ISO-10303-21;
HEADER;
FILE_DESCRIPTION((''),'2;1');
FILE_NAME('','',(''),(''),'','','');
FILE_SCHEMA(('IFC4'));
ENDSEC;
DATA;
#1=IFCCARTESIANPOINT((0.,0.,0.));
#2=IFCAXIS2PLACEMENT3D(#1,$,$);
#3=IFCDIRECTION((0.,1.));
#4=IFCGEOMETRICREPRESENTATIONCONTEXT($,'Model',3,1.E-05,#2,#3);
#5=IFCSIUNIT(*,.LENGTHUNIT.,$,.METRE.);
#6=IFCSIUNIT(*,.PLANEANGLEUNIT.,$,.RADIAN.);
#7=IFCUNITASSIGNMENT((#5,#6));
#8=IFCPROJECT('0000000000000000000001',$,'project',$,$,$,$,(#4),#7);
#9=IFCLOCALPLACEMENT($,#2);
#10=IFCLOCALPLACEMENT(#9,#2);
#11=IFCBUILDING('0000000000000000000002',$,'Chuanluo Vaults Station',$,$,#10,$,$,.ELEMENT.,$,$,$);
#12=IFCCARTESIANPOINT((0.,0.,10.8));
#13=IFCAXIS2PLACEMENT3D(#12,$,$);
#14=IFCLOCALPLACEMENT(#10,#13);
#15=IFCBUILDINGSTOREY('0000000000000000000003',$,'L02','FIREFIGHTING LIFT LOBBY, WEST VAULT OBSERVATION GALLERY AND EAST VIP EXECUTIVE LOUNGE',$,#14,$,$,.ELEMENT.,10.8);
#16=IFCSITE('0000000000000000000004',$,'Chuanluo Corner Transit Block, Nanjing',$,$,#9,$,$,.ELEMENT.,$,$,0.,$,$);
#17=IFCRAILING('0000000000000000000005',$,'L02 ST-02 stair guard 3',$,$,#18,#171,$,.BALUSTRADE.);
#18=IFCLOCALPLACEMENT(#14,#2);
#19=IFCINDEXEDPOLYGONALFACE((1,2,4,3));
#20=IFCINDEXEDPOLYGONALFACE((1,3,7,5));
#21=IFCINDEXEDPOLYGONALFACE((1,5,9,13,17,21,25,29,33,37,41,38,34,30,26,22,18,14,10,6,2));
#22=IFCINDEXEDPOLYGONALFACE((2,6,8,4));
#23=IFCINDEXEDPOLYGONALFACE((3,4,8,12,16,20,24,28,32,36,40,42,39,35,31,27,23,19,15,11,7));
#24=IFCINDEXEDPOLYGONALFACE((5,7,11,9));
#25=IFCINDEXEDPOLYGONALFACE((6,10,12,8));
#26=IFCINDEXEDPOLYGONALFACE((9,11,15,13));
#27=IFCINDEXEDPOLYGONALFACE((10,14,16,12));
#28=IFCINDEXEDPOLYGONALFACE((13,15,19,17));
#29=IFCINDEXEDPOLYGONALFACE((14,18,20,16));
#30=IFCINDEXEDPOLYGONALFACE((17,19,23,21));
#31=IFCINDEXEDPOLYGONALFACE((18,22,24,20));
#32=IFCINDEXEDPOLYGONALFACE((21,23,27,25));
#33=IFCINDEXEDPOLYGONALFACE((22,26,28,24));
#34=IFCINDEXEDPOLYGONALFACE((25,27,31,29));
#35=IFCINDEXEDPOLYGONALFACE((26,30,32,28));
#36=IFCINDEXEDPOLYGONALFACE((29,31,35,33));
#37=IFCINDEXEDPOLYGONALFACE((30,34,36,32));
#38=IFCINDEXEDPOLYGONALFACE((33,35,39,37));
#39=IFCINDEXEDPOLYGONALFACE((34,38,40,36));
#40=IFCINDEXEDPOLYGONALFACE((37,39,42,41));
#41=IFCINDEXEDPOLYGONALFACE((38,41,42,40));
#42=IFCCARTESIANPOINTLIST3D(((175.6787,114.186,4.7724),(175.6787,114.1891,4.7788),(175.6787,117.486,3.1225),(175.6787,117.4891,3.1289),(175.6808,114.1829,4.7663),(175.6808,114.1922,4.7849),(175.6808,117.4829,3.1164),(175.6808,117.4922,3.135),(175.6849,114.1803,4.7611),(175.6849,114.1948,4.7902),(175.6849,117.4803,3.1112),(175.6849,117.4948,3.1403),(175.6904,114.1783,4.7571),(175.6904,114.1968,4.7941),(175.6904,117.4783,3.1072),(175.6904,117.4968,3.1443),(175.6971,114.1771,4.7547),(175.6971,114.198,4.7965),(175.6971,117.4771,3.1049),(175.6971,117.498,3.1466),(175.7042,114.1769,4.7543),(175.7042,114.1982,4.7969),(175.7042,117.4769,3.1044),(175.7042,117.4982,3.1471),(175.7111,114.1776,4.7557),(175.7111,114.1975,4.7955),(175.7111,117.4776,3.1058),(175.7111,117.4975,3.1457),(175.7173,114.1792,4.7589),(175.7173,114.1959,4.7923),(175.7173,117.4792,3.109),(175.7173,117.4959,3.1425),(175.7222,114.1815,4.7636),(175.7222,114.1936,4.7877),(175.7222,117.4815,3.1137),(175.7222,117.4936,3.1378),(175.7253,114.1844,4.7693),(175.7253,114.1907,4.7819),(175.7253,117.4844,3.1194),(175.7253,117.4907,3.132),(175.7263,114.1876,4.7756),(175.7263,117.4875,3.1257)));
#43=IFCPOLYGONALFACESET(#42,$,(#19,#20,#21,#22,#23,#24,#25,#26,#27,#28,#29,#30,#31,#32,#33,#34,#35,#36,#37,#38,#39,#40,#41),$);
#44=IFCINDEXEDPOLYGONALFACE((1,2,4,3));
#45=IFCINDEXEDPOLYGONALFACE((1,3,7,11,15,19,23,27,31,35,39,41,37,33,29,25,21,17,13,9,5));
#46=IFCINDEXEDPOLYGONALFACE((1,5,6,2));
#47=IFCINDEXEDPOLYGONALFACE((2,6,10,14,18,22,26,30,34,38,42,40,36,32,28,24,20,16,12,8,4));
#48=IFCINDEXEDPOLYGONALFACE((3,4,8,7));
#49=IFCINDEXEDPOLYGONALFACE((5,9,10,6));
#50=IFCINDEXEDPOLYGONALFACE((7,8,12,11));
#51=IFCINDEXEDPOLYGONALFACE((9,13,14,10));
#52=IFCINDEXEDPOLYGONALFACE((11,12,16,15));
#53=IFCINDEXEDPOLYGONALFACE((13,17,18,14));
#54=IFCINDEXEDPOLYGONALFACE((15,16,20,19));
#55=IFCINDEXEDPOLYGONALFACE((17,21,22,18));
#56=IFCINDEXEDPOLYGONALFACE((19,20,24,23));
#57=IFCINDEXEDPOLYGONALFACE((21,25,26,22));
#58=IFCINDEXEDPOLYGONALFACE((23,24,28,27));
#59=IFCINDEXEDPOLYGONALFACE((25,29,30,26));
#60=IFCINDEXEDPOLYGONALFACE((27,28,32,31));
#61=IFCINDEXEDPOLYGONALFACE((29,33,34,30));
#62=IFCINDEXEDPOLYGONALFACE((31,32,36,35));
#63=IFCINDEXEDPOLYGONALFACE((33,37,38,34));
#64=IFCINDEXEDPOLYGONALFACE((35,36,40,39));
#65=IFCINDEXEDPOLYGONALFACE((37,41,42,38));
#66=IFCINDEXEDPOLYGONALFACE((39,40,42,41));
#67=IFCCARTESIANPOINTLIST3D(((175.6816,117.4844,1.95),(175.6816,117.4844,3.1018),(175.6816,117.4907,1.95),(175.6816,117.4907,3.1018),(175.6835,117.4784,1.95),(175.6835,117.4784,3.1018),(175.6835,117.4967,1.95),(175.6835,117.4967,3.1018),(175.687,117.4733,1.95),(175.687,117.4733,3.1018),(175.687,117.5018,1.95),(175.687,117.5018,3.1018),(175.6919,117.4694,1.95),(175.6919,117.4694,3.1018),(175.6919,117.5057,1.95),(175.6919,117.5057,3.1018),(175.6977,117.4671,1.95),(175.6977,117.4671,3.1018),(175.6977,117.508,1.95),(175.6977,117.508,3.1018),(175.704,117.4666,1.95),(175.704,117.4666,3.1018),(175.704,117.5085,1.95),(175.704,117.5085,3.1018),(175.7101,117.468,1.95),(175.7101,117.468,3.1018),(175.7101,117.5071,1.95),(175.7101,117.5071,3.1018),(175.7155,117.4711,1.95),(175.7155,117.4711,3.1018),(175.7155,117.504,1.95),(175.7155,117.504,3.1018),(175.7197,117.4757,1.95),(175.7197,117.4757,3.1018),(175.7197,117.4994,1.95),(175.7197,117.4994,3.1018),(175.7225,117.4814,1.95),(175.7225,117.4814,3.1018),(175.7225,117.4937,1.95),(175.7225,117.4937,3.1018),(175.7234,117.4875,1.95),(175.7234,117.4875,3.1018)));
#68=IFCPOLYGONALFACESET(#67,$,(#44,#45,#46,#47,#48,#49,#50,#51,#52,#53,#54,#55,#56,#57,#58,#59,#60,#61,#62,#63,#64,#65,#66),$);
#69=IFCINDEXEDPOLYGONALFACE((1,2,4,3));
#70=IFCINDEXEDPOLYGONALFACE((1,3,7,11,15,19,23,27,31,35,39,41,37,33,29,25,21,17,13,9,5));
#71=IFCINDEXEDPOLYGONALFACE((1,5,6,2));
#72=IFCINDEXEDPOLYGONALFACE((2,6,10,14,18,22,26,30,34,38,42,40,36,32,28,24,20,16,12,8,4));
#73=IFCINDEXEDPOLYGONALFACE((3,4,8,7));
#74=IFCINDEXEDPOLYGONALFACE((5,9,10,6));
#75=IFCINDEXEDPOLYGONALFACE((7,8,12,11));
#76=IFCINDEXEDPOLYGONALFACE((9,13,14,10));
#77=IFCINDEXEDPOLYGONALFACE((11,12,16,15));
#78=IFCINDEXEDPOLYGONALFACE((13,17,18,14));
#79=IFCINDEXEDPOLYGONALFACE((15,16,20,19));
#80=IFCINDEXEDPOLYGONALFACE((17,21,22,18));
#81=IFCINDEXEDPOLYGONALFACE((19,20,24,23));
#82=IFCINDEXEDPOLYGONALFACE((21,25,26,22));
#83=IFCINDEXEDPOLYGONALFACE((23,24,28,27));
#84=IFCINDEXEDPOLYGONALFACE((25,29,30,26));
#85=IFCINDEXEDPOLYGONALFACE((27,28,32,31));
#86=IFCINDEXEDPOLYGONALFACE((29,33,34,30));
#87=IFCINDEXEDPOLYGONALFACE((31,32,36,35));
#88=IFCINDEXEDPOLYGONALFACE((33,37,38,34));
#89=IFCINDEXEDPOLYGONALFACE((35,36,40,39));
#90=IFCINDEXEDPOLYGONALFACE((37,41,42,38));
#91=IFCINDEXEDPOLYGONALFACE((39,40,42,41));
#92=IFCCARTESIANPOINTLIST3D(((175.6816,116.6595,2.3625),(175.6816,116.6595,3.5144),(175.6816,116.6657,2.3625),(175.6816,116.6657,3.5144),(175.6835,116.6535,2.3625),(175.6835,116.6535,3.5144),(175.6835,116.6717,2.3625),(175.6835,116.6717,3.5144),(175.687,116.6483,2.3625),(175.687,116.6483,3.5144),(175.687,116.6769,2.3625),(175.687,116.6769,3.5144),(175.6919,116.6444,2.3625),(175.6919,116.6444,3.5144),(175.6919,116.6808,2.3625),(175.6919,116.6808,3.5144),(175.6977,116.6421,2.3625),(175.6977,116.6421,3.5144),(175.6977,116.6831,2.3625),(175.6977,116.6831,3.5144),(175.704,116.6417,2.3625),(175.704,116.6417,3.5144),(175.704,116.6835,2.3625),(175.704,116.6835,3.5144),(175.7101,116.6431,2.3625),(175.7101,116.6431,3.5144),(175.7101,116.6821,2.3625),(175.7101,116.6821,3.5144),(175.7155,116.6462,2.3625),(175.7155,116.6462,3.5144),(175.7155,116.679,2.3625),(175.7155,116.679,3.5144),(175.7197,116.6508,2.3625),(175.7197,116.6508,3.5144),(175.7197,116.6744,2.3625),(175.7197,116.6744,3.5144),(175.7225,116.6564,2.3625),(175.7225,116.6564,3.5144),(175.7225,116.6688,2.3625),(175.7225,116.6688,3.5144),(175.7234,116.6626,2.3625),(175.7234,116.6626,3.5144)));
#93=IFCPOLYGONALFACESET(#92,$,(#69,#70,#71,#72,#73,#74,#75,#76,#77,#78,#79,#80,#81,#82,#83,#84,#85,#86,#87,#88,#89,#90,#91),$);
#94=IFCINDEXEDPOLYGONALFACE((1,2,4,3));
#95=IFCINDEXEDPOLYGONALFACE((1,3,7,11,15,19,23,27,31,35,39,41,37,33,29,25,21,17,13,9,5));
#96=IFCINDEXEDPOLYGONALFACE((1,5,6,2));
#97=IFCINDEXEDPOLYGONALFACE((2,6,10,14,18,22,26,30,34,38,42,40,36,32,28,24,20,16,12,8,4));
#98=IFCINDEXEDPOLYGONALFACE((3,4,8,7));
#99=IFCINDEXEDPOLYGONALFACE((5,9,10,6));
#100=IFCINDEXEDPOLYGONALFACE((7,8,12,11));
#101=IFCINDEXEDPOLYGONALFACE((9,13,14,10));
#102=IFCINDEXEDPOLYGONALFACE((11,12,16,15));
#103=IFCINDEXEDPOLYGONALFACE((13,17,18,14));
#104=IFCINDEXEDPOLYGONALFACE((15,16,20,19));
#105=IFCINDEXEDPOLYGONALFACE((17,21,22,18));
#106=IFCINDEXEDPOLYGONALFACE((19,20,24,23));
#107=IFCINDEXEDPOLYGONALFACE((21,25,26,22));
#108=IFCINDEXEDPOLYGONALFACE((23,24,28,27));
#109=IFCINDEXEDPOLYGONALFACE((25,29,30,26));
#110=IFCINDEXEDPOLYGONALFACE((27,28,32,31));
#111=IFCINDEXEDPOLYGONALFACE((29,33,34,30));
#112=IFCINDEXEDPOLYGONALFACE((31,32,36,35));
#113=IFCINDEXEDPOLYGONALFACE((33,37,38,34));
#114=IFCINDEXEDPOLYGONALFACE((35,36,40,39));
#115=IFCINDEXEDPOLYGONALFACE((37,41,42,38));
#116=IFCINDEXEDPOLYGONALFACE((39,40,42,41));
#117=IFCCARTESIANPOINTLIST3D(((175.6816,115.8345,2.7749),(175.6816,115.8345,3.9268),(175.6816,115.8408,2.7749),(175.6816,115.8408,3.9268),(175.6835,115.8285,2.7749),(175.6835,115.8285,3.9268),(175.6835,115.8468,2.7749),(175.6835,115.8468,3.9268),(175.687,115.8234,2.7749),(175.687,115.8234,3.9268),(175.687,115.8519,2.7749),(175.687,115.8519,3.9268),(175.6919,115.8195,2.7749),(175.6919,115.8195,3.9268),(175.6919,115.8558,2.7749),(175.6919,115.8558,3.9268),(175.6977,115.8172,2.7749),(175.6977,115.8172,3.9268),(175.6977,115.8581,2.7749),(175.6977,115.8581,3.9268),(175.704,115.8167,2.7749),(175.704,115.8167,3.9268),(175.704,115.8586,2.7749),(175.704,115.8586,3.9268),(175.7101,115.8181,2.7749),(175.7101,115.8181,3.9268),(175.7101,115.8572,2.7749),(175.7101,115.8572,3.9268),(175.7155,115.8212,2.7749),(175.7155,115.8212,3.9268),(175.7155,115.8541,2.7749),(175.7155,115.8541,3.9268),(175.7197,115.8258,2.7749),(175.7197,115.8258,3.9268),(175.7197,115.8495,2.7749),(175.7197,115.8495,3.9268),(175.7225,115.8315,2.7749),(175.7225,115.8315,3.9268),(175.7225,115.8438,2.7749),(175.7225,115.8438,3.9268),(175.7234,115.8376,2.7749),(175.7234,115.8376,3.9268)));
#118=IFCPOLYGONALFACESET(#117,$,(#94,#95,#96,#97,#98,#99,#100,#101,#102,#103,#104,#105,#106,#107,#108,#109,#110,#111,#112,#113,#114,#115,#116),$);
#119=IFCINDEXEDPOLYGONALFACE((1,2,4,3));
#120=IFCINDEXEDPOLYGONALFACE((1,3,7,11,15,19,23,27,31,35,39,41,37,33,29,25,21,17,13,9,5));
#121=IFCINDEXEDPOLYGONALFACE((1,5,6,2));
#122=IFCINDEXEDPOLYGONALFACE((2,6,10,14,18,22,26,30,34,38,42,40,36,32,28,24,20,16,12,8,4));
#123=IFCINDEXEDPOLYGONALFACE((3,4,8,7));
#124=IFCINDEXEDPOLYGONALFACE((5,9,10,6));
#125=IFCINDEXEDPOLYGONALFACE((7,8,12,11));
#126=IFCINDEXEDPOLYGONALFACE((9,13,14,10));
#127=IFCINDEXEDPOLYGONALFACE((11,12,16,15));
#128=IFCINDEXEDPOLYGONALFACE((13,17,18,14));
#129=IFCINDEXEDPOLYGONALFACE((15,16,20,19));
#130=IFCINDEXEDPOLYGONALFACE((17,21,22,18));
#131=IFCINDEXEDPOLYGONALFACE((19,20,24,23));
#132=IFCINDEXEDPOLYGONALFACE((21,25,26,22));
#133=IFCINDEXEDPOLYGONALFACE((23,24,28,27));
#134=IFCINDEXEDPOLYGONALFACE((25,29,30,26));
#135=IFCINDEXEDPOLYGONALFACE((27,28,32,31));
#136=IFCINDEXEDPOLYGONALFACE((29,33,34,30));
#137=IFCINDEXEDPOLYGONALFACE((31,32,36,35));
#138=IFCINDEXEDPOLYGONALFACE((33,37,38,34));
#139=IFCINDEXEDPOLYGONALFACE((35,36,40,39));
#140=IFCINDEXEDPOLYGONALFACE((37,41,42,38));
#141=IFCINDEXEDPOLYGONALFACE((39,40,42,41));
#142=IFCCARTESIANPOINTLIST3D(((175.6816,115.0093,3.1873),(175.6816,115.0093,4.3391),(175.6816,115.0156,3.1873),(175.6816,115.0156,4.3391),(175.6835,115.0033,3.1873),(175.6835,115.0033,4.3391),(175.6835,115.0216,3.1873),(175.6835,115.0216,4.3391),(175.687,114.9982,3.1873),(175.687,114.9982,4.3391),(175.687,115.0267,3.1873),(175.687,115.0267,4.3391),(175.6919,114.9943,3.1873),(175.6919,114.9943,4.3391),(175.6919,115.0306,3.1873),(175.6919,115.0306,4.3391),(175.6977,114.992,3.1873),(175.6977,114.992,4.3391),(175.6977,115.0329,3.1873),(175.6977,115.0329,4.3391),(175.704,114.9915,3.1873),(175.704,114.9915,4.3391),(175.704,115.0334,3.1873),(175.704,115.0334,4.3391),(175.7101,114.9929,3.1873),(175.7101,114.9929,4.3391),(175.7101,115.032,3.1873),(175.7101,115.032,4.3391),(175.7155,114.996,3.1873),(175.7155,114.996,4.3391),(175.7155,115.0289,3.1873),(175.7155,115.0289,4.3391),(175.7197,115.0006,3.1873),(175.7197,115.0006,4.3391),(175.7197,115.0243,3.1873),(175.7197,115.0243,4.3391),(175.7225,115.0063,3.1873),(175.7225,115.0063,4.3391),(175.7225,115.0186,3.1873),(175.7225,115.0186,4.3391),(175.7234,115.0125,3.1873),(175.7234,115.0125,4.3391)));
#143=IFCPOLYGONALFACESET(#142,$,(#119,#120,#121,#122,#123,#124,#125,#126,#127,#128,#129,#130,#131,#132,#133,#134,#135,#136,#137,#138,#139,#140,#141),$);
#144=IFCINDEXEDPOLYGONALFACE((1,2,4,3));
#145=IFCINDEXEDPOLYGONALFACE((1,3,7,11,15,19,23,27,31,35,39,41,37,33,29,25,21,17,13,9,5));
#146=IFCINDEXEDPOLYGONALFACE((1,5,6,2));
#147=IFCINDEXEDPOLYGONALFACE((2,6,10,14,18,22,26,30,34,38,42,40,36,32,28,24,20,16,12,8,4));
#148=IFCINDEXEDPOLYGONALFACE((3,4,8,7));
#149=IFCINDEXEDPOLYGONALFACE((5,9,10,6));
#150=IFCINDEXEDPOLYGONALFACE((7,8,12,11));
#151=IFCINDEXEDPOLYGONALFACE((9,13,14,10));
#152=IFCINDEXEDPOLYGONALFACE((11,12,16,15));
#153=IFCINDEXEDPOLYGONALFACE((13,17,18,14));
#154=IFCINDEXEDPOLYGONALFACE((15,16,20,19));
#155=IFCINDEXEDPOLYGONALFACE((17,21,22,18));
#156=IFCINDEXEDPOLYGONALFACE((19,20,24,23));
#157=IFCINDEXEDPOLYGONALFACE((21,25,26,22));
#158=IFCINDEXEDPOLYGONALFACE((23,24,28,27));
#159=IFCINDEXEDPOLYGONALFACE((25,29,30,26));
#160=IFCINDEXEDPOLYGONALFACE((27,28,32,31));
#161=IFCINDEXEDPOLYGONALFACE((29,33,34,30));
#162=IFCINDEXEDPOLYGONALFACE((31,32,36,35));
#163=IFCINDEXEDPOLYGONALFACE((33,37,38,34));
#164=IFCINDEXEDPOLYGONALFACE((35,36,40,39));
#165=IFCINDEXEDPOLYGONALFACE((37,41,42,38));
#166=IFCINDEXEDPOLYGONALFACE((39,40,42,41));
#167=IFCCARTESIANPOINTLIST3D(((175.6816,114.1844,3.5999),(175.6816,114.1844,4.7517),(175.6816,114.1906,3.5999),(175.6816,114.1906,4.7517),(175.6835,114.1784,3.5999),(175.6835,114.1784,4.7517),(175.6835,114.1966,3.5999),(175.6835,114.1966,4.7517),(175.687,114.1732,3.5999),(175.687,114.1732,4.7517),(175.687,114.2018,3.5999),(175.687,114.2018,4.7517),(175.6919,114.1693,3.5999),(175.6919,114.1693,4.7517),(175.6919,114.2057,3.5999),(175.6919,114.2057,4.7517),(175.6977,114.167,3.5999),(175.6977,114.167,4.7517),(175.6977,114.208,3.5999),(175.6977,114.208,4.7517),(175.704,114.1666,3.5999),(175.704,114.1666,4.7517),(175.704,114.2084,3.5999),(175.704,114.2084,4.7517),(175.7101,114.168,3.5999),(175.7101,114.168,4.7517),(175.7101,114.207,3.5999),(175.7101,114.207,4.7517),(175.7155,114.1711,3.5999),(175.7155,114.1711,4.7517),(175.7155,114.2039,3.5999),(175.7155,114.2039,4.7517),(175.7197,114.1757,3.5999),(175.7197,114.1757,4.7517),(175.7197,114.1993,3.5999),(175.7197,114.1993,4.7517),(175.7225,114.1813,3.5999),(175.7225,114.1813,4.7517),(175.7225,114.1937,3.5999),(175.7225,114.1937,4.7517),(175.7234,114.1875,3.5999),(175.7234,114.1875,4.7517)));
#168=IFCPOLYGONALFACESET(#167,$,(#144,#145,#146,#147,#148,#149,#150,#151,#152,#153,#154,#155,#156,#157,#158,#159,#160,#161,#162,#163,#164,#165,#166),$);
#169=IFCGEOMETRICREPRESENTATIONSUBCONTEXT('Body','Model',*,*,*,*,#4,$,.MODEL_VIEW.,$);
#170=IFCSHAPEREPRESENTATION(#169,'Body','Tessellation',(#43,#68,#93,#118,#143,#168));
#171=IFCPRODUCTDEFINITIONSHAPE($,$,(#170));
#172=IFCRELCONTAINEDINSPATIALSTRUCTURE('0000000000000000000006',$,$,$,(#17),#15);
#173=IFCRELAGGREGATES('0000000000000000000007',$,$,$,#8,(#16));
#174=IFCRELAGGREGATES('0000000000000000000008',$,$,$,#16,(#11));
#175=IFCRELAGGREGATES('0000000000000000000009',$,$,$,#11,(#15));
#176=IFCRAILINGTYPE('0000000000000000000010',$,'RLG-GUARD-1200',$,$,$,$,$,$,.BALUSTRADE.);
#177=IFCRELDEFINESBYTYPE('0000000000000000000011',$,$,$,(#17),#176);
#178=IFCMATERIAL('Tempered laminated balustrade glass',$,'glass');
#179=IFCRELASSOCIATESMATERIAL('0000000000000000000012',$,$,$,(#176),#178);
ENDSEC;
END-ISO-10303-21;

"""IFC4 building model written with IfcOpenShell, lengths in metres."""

from ifc_helpers import new_model, si_unit, direction, frame, origin, origin_2d, place, context, subcontext, project, spatial, circle, extrude, material, type_object, element, save


model = new_model("IFC4")

# Units and contexts
model_context = context("Model", 3, precision=1e-05, world=origin(), true_north=direction((0.0, 1.0)))
body_context = subcontext(model_context, "Body", "Model", "MODEL_VIEW")
ifc_project = project(units=[si_unit("LENGTHUNIT", "METRE"), si_unit("PLANEANGLEUNIT", "RADIAN")], contexts=[model_context])

# Site, building, storey
site_placement = place(None, origin())
site = spatial("IfcSite", under=ifc_project, at=site_placement, Name="Chuanluo Corner Transit Block, Nanjing", CompositionType="ELEMENT", RefElevation=0.0)
building_placement = place(site_placement, origin())
building = spatial("IfcBuilding", under=site, at=building_placement, Name="Chuanluo Vaults Station", CompositionType="ELEMENT")
storey_placement = place(building_placement, frame((0.0, 0.0, 10.8)))
storey = spatial("IfcBuildingStorey", under=building, at=storey_placement, Name="L02", Description="FIREFIGHTING LIFT LOBBY, WEST VAULT OBSERVATION GALLERY AND EAST VIP EXECUTIVE LOUNGE", CompositionType="ELEMENT", Elevation=10.8)

# Railing
ifc_material_1 = material(Name="Tempered laminated balustrade glass", Category="glass")
railing_type_1 = type_object("IfcRailingType", Name="RLG-GUARD-1200", PredefinedType="BALUSTRADE", material=ifc_material_1)
railing_1_placement = place(storey_placement, frame((175.7024, 117.4875, 1.95)))
element("IfcRailing", 1, at=railing_1_placement, inside=storey, type_object=railing_type_1, Name="L02 ST-02 stair guard 3", PredefinedType="BALUSTRADE", context=body_context, shape_type="SweptSolid", body=[
    extrude(circle(Radius=0.0239, at=origin_2d()), frame((0.0, 0.0, 1.1758), z_axis=(0.0, -0.89444, 0.447187), x_axis=(1.0, 0.0, 0.0)), (0.0, 0.0, 1.0), 3.6895),
    extrude(circle(Radius=0.021, at=origin_2d()), origin(), (0.0, 0.0, 1.0), 1.1519),
    extrude(circle(Radius=0.021, at=origin_2d()), frame((0.0, -0.825, 0.4126)), (0.0, 0.0, 1.0), 1.1519),
    extrude(circle(Radius=0.021, at=origin_2d()), frame((0.0, -1.6499, 0.825)), (0.0, 0.0, 1.0), 1.1519),
    extrude(circle(Radius=0.021, at=origin_2d()), frame((0.0, -2.4751, 1.2373)), (0.0, 0.0, 1.0), 1.1519),
    extrude(circle(Radius=0.021, at=origin_2d()), frame((0.0, -3.3, 1.6499)), (0.0, 0.0, 1.0), 1.1519),
])

save(model, "model.ifc")
